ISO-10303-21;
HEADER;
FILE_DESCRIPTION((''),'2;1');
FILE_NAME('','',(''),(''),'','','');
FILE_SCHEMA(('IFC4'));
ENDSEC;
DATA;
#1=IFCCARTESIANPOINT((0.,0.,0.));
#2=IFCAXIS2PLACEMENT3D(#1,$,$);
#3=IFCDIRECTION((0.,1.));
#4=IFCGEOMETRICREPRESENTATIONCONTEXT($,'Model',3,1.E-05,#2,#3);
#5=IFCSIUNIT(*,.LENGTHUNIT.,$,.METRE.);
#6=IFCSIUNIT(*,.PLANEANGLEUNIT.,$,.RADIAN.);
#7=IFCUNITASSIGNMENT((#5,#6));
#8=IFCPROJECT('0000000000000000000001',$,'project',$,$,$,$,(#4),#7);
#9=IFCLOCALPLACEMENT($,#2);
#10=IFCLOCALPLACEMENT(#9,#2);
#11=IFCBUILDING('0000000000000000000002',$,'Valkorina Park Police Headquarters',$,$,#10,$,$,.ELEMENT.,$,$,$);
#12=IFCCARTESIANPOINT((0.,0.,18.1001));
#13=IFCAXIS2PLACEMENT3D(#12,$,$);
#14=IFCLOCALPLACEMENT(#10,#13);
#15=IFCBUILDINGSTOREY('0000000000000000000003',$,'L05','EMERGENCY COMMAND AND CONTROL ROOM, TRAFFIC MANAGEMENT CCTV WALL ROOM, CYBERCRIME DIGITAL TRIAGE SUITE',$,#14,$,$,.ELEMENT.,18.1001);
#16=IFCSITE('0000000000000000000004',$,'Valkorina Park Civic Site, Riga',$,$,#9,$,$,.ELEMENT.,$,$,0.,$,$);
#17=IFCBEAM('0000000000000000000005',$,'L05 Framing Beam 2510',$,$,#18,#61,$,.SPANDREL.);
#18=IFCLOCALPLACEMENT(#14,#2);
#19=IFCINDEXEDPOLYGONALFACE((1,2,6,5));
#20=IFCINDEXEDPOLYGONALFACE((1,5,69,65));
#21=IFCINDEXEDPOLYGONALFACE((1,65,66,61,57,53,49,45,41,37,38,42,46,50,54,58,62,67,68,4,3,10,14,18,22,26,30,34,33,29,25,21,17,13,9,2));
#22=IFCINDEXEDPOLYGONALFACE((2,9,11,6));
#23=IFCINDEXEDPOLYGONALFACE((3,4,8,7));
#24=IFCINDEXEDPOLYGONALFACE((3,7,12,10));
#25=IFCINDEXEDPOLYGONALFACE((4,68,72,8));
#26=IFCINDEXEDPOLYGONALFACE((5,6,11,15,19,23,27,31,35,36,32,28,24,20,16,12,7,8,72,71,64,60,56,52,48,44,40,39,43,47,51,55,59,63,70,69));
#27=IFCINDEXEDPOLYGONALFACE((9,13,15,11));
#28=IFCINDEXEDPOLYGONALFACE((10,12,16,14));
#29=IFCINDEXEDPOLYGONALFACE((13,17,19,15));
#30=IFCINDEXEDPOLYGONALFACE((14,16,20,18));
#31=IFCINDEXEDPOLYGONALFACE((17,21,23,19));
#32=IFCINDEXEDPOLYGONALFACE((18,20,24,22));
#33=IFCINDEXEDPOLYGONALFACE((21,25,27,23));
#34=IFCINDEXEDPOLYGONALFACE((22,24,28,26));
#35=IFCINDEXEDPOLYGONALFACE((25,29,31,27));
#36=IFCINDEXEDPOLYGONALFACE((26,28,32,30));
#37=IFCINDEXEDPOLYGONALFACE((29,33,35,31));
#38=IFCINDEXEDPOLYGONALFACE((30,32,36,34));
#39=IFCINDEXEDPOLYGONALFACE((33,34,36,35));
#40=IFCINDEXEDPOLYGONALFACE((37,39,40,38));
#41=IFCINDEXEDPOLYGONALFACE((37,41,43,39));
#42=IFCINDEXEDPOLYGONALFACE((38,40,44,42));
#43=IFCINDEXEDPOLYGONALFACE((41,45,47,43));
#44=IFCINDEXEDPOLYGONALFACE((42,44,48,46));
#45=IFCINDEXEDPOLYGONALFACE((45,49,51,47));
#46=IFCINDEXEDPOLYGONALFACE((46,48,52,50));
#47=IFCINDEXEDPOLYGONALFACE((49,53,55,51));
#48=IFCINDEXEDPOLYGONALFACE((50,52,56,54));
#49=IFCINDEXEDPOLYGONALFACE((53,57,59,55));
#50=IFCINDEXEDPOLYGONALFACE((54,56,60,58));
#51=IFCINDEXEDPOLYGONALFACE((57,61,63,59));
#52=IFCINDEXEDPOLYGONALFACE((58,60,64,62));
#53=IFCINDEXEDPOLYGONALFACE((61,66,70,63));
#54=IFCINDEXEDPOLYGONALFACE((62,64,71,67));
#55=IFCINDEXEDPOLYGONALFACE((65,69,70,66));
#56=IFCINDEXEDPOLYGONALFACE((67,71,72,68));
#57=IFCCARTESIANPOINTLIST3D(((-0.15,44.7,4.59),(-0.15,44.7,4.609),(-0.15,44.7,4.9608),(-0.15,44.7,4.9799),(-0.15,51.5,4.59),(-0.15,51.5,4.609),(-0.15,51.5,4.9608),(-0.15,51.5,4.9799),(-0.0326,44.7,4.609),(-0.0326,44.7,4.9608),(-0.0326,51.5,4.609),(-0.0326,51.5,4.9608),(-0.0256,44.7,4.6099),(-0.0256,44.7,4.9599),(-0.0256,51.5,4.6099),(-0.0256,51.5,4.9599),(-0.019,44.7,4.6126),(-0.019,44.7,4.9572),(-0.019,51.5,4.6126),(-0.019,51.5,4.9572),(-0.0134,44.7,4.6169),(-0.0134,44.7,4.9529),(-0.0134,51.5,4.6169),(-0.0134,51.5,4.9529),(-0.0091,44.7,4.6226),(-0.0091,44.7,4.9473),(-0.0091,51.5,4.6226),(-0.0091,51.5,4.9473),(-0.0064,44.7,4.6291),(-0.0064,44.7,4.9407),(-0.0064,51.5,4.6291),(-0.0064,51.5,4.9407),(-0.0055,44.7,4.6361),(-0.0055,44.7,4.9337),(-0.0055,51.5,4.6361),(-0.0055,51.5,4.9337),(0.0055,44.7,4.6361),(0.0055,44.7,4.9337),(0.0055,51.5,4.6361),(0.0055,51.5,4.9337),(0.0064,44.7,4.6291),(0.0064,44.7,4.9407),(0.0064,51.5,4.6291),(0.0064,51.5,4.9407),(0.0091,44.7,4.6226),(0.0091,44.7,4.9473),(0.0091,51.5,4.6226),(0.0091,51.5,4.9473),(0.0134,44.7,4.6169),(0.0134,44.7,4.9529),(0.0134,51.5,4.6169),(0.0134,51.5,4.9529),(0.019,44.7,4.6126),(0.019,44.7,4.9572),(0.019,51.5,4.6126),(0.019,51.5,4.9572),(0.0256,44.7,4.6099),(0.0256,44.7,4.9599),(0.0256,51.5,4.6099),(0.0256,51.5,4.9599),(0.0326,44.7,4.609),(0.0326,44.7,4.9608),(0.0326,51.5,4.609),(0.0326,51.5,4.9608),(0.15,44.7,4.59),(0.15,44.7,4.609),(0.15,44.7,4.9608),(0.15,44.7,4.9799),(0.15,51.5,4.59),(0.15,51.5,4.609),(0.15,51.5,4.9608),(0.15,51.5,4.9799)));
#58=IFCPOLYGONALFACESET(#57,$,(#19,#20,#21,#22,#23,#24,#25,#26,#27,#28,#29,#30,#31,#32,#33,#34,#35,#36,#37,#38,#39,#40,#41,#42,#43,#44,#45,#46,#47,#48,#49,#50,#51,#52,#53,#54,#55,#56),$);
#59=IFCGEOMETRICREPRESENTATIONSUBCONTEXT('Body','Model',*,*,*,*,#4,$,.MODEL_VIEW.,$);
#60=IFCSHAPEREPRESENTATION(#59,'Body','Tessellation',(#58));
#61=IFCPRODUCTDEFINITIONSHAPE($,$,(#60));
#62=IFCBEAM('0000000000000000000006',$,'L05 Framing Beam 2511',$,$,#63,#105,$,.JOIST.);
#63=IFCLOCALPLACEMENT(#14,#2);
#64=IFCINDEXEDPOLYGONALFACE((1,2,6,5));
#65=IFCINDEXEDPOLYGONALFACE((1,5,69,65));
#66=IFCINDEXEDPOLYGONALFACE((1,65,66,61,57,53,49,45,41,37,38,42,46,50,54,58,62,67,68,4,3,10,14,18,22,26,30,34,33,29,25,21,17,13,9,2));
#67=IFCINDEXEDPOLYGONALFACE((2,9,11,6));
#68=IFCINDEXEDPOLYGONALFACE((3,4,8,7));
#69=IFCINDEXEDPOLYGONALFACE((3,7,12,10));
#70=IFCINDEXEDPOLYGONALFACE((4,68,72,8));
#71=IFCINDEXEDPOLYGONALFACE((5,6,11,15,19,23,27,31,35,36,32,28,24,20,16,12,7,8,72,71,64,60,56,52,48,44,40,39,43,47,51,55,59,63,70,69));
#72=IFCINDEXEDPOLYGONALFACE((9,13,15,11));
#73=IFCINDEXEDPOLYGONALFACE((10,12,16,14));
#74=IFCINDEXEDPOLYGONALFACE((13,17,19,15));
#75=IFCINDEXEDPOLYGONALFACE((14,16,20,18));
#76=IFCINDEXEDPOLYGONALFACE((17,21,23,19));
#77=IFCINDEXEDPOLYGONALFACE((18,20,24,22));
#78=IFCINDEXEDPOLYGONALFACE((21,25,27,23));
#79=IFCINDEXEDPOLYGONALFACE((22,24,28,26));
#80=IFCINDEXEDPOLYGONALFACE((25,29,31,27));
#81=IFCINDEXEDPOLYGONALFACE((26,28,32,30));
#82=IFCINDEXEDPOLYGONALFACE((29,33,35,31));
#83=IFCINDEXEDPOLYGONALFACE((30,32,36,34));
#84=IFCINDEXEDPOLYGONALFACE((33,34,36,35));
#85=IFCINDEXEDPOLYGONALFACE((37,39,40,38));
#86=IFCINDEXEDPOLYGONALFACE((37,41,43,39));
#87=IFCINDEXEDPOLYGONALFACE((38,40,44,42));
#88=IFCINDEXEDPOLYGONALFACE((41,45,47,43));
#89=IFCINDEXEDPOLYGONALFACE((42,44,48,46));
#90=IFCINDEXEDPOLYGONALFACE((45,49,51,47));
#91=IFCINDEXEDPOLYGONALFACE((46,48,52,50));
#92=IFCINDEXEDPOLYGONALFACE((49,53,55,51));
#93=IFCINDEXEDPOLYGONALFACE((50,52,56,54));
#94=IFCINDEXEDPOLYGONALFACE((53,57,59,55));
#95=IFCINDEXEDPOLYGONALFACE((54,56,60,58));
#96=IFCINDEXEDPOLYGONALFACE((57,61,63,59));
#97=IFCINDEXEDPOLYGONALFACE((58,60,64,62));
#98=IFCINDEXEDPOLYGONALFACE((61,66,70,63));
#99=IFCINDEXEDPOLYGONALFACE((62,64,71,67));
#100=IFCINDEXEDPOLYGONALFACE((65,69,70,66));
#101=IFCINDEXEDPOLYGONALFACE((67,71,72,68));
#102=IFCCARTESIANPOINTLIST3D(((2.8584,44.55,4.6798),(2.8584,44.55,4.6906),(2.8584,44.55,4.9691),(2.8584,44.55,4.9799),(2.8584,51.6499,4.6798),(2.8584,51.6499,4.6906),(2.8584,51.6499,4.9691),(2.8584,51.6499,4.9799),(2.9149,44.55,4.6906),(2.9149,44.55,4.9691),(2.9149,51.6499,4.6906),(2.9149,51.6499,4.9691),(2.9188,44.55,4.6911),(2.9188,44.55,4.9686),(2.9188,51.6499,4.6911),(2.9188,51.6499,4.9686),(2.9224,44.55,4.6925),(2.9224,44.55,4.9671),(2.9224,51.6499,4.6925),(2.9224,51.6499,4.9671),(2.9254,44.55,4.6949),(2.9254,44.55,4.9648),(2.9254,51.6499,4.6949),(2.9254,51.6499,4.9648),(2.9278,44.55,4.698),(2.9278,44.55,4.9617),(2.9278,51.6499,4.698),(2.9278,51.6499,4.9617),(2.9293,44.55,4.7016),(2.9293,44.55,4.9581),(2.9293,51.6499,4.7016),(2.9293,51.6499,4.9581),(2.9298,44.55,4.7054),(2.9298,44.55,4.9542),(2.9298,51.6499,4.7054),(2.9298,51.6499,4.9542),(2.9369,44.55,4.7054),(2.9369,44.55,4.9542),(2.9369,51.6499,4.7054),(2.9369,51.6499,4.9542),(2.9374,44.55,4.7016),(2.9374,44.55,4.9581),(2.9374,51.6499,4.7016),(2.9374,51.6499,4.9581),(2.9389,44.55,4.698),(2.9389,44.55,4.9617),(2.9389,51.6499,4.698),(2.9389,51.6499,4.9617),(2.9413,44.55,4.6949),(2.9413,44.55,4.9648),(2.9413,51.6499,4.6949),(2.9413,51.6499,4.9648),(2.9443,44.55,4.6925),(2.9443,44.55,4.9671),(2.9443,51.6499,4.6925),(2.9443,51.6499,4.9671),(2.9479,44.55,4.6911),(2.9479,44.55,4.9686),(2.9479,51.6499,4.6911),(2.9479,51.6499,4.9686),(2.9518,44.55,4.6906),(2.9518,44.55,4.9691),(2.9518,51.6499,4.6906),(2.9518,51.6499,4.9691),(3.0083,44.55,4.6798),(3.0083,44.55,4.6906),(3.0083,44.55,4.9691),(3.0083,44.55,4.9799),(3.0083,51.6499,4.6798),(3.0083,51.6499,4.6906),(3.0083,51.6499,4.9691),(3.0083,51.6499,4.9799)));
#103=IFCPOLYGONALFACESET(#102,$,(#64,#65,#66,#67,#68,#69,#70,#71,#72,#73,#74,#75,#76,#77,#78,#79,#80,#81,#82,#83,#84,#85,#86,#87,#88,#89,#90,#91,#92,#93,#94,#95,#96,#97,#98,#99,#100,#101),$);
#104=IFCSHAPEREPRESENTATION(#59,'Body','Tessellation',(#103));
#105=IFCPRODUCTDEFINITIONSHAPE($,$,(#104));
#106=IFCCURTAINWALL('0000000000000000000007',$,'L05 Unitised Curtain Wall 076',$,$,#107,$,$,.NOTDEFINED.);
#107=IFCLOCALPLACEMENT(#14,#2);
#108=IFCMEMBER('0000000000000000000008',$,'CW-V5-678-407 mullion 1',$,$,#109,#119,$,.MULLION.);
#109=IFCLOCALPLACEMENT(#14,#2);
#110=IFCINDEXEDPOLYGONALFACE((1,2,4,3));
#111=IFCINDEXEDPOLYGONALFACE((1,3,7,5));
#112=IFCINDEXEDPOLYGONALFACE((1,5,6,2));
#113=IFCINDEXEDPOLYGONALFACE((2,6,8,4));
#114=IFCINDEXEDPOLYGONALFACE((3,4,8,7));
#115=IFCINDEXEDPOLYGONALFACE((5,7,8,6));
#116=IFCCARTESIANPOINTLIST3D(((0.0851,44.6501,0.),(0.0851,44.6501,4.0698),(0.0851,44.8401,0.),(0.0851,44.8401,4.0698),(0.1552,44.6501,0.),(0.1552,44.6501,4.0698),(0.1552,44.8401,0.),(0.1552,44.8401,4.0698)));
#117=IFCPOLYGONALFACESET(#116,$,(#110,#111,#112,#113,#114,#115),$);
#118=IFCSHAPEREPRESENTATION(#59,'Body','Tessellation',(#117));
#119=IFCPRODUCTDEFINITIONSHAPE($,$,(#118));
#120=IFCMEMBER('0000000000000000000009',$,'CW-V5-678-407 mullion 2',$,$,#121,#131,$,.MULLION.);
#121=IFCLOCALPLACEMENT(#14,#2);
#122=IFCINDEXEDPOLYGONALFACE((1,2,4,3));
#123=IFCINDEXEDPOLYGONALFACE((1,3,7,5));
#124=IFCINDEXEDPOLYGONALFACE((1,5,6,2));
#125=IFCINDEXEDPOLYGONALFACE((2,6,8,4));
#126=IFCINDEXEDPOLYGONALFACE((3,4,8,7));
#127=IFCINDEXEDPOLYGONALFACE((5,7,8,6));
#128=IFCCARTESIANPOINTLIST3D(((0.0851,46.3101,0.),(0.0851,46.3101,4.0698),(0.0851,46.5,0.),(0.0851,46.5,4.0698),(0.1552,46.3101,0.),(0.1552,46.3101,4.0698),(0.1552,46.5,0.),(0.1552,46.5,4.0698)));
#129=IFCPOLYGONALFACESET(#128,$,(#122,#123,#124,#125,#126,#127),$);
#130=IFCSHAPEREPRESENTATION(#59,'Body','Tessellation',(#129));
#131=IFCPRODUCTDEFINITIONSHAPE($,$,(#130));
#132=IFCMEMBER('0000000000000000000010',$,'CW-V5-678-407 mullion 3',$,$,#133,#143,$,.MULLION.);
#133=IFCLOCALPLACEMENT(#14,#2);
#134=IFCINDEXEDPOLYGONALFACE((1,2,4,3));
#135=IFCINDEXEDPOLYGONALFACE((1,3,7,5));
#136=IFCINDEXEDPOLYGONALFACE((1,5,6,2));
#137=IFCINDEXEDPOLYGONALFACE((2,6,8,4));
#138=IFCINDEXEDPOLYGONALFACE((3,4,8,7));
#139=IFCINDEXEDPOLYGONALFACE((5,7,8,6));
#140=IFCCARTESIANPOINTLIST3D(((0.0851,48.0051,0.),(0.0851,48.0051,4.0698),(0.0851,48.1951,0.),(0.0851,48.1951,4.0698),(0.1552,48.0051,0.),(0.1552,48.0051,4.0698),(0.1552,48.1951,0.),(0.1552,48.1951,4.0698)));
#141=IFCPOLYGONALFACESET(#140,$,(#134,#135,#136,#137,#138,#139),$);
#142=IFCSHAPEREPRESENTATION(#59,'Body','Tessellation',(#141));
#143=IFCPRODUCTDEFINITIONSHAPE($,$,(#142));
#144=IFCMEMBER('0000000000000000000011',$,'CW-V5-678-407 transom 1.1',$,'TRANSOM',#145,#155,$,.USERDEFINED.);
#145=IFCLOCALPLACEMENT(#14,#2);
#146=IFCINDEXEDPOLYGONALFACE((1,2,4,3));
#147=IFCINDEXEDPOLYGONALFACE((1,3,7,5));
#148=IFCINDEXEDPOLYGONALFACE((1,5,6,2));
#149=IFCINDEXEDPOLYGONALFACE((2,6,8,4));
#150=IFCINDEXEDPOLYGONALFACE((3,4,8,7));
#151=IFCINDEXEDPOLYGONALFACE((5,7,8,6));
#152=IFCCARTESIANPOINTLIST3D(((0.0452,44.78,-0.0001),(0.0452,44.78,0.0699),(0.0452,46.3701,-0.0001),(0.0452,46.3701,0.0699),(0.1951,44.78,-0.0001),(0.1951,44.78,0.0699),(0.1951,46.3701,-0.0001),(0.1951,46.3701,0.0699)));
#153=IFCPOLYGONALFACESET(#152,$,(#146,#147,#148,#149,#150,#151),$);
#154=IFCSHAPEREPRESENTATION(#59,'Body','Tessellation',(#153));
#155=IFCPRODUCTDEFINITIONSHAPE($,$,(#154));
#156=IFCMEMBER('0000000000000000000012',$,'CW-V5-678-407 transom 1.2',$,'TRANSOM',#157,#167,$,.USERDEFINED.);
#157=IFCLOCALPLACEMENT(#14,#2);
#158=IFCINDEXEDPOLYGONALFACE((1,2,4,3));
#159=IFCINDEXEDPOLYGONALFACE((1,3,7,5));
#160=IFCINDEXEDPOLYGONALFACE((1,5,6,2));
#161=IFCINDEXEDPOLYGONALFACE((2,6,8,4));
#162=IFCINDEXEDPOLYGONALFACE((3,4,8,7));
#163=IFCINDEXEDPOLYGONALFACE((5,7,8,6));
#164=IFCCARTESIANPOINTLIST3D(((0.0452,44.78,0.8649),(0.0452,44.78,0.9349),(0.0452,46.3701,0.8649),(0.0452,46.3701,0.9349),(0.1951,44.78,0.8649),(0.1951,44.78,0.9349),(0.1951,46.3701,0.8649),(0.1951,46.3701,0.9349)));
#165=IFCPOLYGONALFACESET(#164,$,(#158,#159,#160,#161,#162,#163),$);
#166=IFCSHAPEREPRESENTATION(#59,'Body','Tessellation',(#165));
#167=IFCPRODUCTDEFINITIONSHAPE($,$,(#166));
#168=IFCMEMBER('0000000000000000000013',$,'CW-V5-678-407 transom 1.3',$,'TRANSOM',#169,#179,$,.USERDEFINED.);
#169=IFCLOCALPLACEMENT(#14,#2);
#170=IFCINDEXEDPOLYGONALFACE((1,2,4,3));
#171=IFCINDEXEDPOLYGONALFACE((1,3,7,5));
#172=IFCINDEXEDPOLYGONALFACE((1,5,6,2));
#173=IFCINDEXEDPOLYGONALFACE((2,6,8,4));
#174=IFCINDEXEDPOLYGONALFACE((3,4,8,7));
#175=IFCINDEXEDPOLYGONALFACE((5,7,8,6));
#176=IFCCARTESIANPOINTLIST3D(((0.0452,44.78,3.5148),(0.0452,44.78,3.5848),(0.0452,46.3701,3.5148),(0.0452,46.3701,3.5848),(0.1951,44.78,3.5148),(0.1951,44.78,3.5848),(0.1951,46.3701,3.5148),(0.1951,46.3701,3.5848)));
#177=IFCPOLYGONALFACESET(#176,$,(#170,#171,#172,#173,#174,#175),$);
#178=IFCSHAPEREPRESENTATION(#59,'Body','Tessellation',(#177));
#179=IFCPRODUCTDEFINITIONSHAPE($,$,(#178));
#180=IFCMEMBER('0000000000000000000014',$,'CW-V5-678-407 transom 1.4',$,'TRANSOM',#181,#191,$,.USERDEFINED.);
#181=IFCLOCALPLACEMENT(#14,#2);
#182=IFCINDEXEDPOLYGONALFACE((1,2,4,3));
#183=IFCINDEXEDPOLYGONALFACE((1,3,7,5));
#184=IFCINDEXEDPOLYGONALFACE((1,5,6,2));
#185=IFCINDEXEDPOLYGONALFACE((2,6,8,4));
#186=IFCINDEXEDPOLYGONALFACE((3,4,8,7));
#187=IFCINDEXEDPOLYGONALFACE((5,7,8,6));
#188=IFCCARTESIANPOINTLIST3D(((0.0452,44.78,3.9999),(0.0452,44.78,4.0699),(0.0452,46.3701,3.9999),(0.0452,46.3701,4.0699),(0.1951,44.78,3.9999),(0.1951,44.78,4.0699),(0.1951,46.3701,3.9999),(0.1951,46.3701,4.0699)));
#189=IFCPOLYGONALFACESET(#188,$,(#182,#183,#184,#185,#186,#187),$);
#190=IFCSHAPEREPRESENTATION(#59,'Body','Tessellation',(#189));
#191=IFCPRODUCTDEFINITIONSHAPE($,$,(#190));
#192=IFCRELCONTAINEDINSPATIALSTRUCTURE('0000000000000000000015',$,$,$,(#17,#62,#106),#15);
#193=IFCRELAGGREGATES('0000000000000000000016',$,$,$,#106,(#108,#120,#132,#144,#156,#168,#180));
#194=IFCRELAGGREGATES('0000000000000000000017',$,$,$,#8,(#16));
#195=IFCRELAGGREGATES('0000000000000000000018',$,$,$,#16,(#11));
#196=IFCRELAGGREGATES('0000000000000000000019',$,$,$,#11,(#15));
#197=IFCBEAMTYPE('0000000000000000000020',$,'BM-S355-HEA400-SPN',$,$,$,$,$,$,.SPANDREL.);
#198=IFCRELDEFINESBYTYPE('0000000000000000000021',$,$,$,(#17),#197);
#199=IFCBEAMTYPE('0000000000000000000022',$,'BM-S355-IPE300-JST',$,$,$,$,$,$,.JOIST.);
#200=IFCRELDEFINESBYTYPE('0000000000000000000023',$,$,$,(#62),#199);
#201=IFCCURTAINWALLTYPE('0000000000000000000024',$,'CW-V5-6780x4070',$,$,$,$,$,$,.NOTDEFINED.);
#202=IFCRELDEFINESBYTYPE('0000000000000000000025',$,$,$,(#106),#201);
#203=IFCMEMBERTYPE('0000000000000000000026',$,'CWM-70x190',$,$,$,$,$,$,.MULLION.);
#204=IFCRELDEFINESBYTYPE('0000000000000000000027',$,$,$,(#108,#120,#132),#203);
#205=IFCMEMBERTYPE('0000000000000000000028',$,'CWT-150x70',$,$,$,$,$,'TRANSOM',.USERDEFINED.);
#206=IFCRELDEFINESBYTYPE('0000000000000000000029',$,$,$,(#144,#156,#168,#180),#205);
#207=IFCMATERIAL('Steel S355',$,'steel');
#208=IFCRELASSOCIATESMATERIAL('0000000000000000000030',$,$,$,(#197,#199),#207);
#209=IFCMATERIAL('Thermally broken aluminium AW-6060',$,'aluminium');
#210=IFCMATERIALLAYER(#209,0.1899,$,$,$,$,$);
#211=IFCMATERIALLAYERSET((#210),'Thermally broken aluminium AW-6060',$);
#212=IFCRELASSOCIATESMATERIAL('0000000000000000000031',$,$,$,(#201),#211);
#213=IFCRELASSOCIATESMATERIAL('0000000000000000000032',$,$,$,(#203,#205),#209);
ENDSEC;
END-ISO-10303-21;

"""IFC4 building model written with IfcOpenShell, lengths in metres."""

from ifc_helpers import new_model, si_unit, direction, frame, origin, origin_2d, place, context, subcontext, project, spatial, rectangle, i_section, extrude, material, layer, layer_set, material_profile, profile_set, type_object, element, aggregate, save


model = new_model("IFC4")

# Units and contexts
model_context = context("Model", 3, precision=1e-05, world=origin(), true_north=direction((0.0, 1.0)))
body_context = subcontext(model_context, "Body", "Model", "MODEL_VIEW")
ifc_project = project(units=[si_unit("LENGTHUNIT", "METRE"), si_unit("PLANEANGLEUNIT", "RADIAN")], contexts=[model_context])

# Site, building, storey
site_placement = place(None, origin())
site = spatial("IfcSite", under=ifc_project, at=site_placement, Name="Valkorina Park Civic Site, Riga", CompositionType="ELEMENT", RefElevation=0.0)
building_placement = place(site_placement, origin())
building = spatial("IfcBuilding", under=site, at=building_placement, Name="Valkorina Park Police Headquarters", CompositionType="ELEMENT")
storey_placement = place(building_placement, frame((0.0, 0.0, 18.1001)))
storey = spatial("IfcBuildingStorey", under=building, at=storey_placement, Name="L05", Description="EMERGENCY COMMAND AND CONTROL ROOM, TRAFFIC MANAGEMENT CCTV WALL ROOM, CYBERCRIME DIGITAL TRIAGE SUITE", CompositionType="ELEMENT", Elevation=18.1001)

# Beams
ifc_material_1 = material(Name="Steel S355", Category="steel")
ifc_material_profile_1 = material_profile(ifc_material_1, i_section(OverallWidth=0.3, OverallDepth=0.3899, WebThickness=0.011, FlangeThickness=0.019, FilletRadius=0.0271, at=origin_2d()), Name="HEA 400")
ifc_profile_set_1 = profile_set([ifc_material_profile_1], Name="Steel S355")
beam_type_1 = type_object("IfcBeamType", Name="BM-S355-HEA400-SPN", PredefinedType="SPANDREL", material=ifc_profile_set_1)
beam_1_placement = place(storey_placement, frame((0.0, 44.7, 4.7849), z_axis=(0.0, 1.0, 0.0), x_axis=(-1.0, 0.0, 0.0)))
element("IfcBeam", 1, at=beam_1_placement, inside=storey, type_object=beam_type_1, Name="L05 Framing Beam 2510", PredefinedType="SPANDREL", context=body_context, shape_type="SweptSolid", body=[
    extrude(i_section(OverallWidth=0.3, OverallDepth=0.3899, WebThickness=0.011, FlangeThickness=0.019, FilletRadius=0.0271, at=origin_2d()), origin(), (0.0, 0.0, 1.0), 6.8),
])
ifc_material_profile_2 = material_profile(ifc_material_1, i_section(OverallWidth=0.1499, OverallDepth=0.3, WebThickness=0.0071, FlangeThickness=0.0107, FilletRadius=0.0149, at=origin_2d()), Name="IPE 300")
ifc_profile_set_2 = profile_set([ifc_material_profile_2], Name="Steel S355")
beam_type_2 = type_object("IfcBeamType", Name="BM-S355-IPE300-JST", PredefinedType="JOIST", material=ifc_profile_set_2)
beam_2_placement = place(storey_placement, frame((2.9333, 44.55, 4.8298), z_axis=(0.0, 1.0, 0.0), x_axis=(-1.0, 0.0, 0.0)))
element("IfcBeam", 2, at=beam_2_placement, inside=storey, type_object=beam_type_2, Name="L05 Framing Beam 2511", PredefinedType="JOIST", context=body_context, shape_type="SweptSolid", body=[
    extrude(i_section(OverallWidth=0.1499, OverallDepth=0.3, WebThickness=0.0071, FlangeThickness=0.0107, FilletRadius=0.0149, at=origin_2d()), origin(), (0.0, 0.0, 1.0), 7.0999),
])

# Curtain wall, members
ifc_material_2 = material(Name="Thermally broken aluminium AW-6060", Category="aluminium")
ifc_layer_1 = layer(ifc_material_2, 0.1899)
ifc_layer_set_1 = layer_set([ifc_layer_1], Name="Thermally broken aluminium AW-6060")
curtain_wall_type = type_object("IfcCurtainWallType", Name="CW-V5-6780x4070", PredefinedType="NOTDEFINED", material=ifc_layer_set_1)
curtain_wall_placement = place(storey_placement, origin())
curtain_wall = element("IfcCurtainWall", 3, at=curtain_wall_placement, inside=storey, type_object=curtain_wall_type, Name="L05 Unitised Curtain Wall 076", PredefinedType="NOTDEFINED")
ifc_material_profile_3 = material_profile(ifc_material_2, rectangle(XDim=0.0701, YDim=0.1899, at=origin_2d()), Name="CWM-02 70x190")
ifc_profile_set_3 = profile_set([ifc_material_profile_3], Name="Thermally broken aluminium AW-6060")
member_type_1 = type_object("IfcMemberType", Name="CWM-70x190", PredefinedType="MULLION", material=ifc_profile_set_3)
member_1_placement = place(storey_placement, frame((0.1201, 44.7451, 0.0), z_axis=(0.0, 0.0, 1.0), x_axis=(-1.0, 0.0, 0.0)))
member_1 = element("IfcMember", 4, at=member_1_placement, type_object=member_type_1, Name="CW-V5-678-407 mullion 1", PredefinedType="MULLION", context=body_context, shape_type="SweptSolid", body=[
    extrude(rectangle(XDim=0.0701, YDim=0.1899, at=origin_2d()), origin(), (0.0, 0.0, 1.0), 4.0698),
])
member_2_placement = place(storey_placement, frame((0.1201, 46.405, 0.0), z_axis=(0.0, 0.0, 1.0), x_axis=(-1.0, 0.0, 0.0)))
member_2 = element("IfcMember", 5, at=member_2_placement, type_object=member_type_1, Name="CW-V5-678-407 mullion 2", PredefinedType="MULLION", context=body_context, shape_type="SweptSolid", body=[
    extrude(rectangle(XDim=0.0701, YDim=0.1899, at=origin_2d()), origin(), (0.0, 0.0, 1.0), 4.0698),
])
member_3_placement = place(storey_placement, frame((0.1201, 48.1001, 0.0), z_axis=(0.0, 0.0, 1.0), x_axis=(-1.0, 0.0, 0.0)))
member_3 = element("IfcMember", 6, at=member_3_placement, type_object=member_type_1, Name="CW-V5-678-407 mullion 3", PredefinedType="MULLION", context=body_context, shape_type="SweptSolid", body=[
    extrude(rectangle(XDim=0.0701, YDim=0.1899, at=origin_2d()), origin(), (0.0, 0.0, 1.0), 4.0698),
])
ifc_material_profile_4 = material_profile(ifc_material_2, rectangle(XDim=0.1499, YDim=0.0701, at=origin_2d()), Name="CWT-02 150x70")
ifc_profile_set_4 = profile_set([ifc_material_profile_4], Name="Thermally broken aluminium AW-6060")
member_type_2 = type_object("IfcMemberType", Name="CWT-150x70", ElementType="TRANSOM", PredefinedType="USERDEFINED", material=ifc_profile_set_4)
member_4_placement = place(storey_placement, frame((0.1201, 44.78, 0.0349), z_axis=(0.0, 1.0, 0.0), x_axis=(-1.0, 0.0, 0.0)))
member_4 = element("IfcMember", 7, at=member_4_placement, type_object=member_type_2, Name="CW-V5-678-407 transom 1.1", ObjectType="TRANSOM", PredefinedType="USERDEFINED", context=body_context, shape_type="SweptSolid", body=[
    extrude(rectangle(XDim=0.1499, YDim=0.0701, at=origin_2d()), origin(), (0.0, 0.0, 1.0), 1.5901),
])
member_5_placement = place(storey_placement, frame((0.1201, 44.78, 0.8999), z_axis=(0.0, 1.0, 0.0), x_axis=(-1.0, 0.0, 0.0)))
member_5 = element("IfcMember", 8, at=member_5_placement, type_object=member_type_2, Name="CW-V5-678-407 transom 1.2", ObjectType="TRANSOM", PredefinedType="USERDEFINED", context=body_context, shape_type="SweptSolid", body=[
    extrude(rectangle(XDim=0.1499, YDim=0.0701, at=origin_2d()), origin(), (0.0, 0.0, 1.0), 1.5901),
])
member_6_placement = place(storey_placement, frame((0.1201, 44.78, 3.5498), z_axis=(0.0, 1.0, 0.0), x_axis=(-1.0, 0.0, 0.0)))
member_6 = element("IfcMember", 9, at=member_6_placement, type_object=member_type_2, Name="CW-V5-678-407 transom 1.3", ObjectType="TRANSOM", PredefinedType="USERDEFINED", context=body_context, shape_type="SweptSolid", body=[
    extrude(rectangle(XDim=0.1499, YDim=0.0701, at=origin_2d()), origin(), (0.0, 0.0, 1.0), 1.5901),
])
member_7_placement = place(storey_placement, frame((0.1201, 44.78, 4.0349), z_axis=(0.0, 1.0, 0.0), x_axis=(-1.0, 0.0, 0.0)))
member_7 = element("IfcMember", 10, at=member_7_placement, type_object=member_type_2, Name="CW-V5-678-407 transom 1.4", ObjectType="TRANSOM", PredefinedType="USERDEFINED", context=body_context, shape_type="SweptSolid", body=[
    extrude(rectangle(XDim=0.1499, YDim=0.0701, at=origin_2d()), origin(), (0.0, 0.0, 1.0), 1.5901),
])
aggregate(curtain_wall, [member_1, member_2, member_3, member_4, member_5, member_6, member_7])

save(model, "model.ifc")
